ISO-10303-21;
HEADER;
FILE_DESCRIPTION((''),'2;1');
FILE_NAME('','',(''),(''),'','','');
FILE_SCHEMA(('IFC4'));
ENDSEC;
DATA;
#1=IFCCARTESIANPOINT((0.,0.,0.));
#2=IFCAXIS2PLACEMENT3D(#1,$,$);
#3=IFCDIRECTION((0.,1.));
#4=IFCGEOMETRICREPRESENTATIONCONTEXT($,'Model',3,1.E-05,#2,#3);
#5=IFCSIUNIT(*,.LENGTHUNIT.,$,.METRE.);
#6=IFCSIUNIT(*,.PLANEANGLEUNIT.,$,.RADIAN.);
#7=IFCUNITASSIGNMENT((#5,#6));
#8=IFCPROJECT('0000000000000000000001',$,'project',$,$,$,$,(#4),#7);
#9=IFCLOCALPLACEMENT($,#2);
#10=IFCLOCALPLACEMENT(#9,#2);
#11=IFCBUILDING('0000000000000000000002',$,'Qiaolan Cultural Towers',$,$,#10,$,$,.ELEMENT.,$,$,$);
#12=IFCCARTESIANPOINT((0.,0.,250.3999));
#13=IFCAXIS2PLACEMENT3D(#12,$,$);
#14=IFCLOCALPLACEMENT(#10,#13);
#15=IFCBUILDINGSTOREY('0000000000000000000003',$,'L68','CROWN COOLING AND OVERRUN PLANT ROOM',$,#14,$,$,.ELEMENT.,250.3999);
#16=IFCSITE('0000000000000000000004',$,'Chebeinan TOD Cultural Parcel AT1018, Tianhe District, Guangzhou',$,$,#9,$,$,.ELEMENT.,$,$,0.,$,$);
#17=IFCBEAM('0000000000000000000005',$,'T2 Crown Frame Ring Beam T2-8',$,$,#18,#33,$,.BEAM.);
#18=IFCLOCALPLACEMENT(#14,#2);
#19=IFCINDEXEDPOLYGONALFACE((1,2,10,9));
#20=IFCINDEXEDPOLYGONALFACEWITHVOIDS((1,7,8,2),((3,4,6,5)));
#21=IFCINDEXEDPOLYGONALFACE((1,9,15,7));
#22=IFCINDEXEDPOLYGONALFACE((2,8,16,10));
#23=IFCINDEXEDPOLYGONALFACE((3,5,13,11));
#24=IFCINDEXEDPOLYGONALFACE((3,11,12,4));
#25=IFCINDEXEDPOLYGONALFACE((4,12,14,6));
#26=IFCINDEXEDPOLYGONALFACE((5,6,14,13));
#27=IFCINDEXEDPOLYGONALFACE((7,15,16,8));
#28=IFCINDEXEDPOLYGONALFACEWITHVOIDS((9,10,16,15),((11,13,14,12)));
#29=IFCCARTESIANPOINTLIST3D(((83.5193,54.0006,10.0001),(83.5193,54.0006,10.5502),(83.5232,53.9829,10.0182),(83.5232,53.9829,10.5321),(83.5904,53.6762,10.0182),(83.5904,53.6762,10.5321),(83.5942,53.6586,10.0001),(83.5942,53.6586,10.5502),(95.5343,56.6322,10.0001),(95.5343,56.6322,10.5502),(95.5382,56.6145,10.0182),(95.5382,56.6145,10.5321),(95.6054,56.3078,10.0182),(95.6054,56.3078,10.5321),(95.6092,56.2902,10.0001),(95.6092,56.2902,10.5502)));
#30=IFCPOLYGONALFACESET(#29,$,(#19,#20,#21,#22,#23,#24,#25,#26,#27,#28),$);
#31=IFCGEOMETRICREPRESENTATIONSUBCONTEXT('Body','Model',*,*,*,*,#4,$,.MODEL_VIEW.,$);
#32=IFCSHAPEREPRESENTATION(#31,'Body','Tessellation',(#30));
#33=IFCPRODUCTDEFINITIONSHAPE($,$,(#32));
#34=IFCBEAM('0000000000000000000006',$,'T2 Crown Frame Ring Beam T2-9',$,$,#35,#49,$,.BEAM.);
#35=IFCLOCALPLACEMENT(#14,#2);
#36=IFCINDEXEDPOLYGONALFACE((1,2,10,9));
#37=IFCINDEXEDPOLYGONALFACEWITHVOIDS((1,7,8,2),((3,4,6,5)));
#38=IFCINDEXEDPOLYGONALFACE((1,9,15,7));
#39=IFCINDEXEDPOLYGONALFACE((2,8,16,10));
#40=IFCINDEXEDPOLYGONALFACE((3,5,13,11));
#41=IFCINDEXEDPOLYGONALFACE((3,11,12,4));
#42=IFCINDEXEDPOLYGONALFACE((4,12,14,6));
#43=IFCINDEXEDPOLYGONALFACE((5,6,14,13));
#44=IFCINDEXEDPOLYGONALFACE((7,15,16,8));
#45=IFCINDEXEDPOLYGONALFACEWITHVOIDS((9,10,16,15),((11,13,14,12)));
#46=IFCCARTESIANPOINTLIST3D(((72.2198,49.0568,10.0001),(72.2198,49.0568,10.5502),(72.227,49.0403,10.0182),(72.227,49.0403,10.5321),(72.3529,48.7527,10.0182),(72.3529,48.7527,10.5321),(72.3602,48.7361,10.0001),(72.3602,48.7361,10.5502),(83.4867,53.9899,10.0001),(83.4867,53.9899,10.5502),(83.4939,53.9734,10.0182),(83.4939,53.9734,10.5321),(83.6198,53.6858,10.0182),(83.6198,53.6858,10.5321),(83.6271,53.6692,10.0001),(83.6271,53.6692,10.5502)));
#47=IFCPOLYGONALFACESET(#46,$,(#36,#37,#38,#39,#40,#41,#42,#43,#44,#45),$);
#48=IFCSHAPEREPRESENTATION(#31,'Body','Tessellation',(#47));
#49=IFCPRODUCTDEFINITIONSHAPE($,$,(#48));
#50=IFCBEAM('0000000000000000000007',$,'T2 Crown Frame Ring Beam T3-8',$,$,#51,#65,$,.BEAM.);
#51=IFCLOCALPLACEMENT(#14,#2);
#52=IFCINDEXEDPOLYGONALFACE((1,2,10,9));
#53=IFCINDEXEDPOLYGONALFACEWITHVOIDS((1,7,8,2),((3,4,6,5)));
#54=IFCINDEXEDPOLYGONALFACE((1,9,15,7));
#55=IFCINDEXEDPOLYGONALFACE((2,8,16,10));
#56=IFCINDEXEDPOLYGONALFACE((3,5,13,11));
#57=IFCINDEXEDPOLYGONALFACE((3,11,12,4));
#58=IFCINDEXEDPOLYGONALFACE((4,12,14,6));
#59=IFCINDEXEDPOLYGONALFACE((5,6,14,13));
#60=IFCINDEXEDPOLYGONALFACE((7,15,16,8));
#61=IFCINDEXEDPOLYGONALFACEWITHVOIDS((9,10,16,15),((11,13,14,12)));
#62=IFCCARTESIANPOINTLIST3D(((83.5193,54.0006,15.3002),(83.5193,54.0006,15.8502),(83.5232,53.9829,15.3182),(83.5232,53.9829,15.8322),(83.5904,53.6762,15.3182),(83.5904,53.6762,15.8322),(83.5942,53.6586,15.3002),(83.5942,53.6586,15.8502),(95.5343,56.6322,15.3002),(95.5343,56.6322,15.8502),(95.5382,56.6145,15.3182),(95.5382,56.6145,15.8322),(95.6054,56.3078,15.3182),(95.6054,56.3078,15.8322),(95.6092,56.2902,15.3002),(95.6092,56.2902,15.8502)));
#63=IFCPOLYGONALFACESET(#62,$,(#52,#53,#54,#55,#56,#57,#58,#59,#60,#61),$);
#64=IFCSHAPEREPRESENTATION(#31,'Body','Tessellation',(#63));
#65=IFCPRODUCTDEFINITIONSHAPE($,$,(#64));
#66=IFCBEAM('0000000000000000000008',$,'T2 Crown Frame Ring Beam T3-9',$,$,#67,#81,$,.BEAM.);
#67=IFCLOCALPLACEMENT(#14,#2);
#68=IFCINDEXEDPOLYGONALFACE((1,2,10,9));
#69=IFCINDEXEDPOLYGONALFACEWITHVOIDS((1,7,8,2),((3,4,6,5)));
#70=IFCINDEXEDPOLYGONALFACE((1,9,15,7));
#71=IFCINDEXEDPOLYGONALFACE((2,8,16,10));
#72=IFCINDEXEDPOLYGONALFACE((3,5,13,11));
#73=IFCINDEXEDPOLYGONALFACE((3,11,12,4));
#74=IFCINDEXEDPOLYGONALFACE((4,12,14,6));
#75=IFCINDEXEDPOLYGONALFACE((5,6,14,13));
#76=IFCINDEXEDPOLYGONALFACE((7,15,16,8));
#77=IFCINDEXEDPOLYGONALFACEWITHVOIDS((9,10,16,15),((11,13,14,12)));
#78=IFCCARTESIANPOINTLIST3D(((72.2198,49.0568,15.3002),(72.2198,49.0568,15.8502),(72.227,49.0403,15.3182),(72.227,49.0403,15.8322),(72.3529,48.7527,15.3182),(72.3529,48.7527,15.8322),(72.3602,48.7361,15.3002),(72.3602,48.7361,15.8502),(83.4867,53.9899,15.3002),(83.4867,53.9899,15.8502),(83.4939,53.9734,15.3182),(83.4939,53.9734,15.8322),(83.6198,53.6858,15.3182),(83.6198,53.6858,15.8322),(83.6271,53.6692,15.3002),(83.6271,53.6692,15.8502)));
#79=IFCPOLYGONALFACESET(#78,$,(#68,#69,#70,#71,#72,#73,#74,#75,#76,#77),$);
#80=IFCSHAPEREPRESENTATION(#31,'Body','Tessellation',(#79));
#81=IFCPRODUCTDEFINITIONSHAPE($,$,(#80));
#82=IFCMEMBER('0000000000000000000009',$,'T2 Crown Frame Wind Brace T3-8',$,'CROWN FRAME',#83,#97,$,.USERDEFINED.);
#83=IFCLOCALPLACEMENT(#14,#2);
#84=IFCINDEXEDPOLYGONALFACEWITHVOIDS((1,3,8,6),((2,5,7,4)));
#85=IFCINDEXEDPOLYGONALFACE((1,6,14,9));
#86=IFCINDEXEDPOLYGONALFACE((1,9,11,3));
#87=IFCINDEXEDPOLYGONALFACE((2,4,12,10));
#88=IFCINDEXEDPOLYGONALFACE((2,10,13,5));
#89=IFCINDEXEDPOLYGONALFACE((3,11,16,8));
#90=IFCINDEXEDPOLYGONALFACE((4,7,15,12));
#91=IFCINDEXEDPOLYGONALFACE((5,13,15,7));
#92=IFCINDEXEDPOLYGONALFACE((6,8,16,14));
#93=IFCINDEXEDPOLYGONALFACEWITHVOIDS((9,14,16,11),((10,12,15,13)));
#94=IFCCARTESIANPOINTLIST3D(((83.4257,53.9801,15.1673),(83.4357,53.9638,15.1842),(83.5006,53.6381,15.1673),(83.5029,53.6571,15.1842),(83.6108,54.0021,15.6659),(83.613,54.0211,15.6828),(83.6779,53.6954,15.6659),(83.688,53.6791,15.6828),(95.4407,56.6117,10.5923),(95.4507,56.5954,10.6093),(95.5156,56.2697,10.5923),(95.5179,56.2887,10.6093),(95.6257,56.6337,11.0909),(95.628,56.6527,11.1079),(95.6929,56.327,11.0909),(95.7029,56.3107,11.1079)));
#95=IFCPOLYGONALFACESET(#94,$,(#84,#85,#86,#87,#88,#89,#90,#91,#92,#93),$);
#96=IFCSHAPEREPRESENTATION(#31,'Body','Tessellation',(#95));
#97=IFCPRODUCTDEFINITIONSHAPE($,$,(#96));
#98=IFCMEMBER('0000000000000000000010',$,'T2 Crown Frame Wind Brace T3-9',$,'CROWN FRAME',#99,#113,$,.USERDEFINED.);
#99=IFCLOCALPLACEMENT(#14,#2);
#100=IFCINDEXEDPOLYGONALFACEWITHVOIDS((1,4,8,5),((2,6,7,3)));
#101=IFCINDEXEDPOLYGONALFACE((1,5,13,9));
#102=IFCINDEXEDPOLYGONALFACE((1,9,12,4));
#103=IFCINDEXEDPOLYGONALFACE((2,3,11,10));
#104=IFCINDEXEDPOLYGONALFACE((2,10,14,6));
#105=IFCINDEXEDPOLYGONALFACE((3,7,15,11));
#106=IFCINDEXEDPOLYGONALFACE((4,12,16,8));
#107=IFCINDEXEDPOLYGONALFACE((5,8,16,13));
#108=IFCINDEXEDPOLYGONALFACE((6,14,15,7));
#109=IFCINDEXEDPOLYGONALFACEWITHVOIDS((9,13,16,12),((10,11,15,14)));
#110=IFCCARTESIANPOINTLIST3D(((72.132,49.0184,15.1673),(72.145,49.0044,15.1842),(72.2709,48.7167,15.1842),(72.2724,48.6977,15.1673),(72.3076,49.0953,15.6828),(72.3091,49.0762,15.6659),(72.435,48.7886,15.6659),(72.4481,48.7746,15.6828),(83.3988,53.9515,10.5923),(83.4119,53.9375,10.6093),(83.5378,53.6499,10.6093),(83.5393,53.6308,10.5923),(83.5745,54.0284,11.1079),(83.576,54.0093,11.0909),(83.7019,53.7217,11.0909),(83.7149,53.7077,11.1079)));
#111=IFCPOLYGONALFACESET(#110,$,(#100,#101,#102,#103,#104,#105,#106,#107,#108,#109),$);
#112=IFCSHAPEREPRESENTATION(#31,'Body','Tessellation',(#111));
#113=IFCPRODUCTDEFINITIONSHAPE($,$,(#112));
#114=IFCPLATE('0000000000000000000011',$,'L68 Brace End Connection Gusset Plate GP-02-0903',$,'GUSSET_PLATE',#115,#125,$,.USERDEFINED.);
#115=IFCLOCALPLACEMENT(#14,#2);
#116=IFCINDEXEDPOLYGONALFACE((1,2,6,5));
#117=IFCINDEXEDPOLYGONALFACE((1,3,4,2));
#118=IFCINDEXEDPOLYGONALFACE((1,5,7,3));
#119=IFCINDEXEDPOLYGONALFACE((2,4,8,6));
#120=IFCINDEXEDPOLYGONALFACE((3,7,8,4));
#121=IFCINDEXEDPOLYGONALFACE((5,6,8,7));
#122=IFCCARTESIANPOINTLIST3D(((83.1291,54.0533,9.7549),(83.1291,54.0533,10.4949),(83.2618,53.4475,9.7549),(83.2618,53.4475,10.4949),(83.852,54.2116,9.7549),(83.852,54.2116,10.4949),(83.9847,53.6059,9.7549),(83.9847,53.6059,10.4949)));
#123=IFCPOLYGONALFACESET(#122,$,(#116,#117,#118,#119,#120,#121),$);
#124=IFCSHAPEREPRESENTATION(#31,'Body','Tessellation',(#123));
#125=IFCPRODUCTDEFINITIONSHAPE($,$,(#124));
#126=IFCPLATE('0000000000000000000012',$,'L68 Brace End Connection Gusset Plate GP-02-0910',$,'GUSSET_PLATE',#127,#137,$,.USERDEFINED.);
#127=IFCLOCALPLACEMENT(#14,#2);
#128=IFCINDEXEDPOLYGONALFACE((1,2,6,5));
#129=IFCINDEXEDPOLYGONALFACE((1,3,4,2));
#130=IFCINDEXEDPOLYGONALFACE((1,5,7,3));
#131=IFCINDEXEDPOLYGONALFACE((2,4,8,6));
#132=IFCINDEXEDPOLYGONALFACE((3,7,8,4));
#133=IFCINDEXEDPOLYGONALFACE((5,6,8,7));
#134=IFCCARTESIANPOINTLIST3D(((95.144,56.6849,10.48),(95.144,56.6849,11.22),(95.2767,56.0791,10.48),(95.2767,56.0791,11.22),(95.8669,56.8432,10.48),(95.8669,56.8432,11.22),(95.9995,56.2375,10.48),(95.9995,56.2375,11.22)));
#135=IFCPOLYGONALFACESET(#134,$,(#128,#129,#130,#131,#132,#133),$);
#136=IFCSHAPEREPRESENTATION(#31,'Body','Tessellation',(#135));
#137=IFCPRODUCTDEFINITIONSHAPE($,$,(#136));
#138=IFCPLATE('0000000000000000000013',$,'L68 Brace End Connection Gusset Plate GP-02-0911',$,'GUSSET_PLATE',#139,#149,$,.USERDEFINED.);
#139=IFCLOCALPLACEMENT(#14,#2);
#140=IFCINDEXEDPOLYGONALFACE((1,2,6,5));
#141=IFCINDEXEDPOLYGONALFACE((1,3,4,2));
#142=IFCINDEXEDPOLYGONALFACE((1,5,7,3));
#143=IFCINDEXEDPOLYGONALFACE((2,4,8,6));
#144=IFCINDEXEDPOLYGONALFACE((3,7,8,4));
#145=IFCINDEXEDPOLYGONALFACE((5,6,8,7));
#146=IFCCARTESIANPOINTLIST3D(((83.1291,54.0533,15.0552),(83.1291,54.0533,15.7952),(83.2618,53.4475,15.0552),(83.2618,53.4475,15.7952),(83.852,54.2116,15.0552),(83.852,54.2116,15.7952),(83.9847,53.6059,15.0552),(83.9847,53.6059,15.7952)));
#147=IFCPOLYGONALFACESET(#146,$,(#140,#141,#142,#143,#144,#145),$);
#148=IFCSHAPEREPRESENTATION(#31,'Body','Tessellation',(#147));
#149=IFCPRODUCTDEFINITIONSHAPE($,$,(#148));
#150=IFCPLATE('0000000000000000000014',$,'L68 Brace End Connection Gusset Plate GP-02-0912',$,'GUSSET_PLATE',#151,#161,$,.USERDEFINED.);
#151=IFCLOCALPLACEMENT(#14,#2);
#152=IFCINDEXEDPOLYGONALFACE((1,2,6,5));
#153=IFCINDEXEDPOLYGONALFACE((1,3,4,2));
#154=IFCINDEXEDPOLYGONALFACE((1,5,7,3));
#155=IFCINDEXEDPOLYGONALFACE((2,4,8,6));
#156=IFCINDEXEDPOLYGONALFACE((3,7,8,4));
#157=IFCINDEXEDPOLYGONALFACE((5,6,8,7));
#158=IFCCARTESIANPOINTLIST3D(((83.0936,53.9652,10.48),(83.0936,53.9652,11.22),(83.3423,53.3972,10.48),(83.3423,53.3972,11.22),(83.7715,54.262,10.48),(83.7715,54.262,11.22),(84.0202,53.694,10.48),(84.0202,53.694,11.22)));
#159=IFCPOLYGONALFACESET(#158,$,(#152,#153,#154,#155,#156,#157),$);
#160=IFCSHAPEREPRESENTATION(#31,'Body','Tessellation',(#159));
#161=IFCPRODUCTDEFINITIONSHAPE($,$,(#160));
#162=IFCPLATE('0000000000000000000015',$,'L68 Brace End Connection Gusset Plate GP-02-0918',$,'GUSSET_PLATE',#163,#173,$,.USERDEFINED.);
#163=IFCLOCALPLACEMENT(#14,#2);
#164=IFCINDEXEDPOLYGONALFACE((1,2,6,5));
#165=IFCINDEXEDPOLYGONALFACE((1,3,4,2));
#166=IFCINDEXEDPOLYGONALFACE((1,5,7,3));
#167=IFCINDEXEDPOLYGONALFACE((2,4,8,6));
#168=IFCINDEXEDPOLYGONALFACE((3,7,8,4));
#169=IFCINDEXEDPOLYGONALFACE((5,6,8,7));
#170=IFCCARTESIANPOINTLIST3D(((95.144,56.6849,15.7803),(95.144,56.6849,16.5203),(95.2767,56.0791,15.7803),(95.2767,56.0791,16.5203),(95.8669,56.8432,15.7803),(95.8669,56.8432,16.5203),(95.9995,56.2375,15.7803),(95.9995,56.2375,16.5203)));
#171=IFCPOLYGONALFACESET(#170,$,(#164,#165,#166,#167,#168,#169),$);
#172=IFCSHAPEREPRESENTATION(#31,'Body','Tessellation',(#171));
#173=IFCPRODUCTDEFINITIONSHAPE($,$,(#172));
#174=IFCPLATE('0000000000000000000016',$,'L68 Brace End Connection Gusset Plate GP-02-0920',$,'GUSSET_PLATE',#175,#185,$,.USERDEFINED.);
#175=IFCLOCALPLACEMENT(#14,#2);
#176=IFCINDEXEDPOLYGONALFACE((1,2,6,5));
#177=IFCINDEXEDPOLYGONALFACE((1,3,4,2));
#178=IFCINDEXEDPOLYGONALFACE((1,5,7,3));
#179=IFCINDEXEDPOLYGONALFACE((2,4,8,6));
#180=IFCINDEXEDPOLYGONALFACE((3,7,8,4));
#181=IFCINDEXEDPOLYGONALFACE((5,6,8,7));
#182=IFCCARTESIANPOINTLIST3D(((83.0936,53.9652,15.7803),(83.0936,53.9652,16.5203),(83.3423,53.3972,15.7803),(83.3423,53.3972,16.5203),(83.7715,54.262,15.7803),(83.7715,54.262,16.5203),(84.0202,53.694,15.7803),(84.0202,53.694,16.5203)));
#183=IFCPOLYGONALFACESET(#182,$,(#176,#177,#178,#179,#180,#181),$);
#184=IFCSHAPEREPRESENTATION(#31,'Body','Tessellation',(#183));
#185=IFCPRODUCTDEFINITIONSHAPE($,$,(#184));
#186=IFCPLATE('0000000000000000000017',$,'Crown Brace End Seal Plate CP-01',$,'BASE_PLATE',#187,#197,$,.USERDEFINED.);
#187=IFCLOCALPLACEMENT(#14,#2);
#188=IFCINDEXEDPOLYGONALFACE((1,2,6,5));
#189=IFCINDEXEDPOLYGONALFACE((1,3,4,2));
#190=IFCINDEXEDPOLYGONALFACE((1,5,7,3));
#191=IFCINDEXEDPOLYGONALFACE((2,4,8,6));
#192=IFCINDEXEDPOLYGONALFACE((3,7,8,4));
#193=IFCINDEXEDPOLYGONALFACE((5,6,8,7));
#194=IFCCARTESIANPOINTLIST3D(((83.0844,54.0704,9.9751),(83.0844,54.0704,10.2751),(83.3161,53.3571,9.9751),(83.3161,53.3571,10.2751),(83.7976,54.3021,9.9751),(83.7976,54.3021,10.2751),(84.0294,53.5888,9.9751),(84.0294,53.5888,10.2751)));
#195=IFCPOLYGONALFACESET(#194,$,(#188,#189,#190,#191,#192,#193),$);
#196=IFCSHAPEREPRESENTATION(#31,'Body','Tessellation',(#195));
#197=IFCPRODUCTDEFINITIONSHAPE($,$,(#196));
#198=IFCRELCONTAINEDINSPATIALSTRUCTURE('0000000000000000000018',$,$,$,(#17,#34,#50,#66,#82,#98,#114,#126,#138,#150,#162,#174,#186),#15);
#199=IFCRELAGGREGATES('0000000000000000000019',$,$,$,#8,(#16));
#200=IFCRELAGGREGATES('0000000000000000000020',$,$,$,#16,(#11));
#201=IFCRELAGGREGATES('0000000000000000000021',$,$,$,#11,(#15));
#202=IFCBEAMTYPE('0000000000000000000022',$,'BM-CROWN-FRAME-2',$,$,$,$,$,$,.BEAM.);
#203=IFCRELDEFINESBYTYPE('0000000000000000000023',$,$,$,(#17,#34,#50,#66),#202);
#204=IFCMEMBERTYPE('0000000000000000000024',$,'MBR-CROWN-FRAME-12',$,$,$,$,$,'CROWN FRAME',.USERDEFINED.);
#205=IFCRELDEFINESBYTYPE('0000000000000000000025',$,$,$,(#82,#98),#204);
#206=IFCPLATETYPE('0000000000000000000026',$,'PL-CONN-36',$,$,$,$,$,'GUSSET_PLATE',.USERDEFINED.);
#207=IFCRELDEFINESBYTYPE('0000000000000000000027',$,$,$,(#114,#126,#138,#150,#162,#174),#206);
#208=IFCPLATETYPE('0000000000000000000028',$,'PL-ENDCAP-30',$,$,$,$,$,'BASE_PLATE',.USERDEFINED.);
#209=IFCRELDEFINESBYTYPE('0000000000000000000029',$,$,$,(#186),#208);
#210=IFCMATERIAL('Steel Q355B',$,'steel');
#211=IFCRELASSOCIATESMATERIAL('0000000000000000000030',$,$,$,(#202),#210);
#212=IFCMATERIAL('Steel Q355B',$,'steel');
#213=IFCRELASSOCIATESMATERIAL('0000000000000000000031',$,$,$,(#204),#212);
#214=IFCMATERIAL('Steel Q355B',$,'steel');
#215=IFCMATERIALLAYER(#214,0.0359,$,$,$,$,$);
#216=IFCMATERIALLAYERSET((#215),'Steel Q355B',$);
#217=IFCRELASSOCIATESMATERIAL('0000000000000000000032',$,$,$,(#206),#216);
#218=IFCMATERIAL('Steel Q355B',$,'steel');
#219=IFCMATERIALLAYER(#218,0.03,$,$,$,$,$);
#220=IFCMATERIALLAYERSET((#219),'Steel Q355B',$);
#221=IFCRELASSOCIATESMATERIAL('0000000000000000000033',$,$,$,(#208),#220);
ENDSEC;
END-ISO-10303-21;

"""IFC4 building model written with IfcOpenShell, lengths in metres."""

from ifc_helpers import new_model, si_unit, direction, frame, origin, origin_2d, place, context, subcontext, project, spatial, rectangle, hollow_rectangle, extrude, material, layer, layer_set, material_profile, profile_set, type_object, element, save


model = new_model("IFC4")

# Units and contexts
model_context = context("Model", 3, precision=1e-05, world=origin(), true_north=direction((0.0, 1.0)))
body_context = subcontext(model_context, "Body", "Model", "MODEL_VIEW")
ifc_project = project(units=[si_unit("LENGTHUNIT", "METRE"), si_unit("PLANEANGLEUNIT", "RADIAN")], contexts=[model_context])

# Site, building, storey
site_placement = place(None, origin())
site = spatial("IfcSite", under=ifc_project, at=site_placement, Name="Chebeinan TOD Cultural Parcel AT1018, Tianhe District, Guangzhou", CompositionType="ELEMENT", RefElevation=0.0)
building_placement = place(site_placement, origin())
building = spatial("IfcBuilding", under=site, at=building_placement, Name="Qiaolan Cultural Towers", CompositionType="ELEMENT")
storey_placement = place(building_placement, frame((0.0, 0.0, 250.3999)))
storey = spatial("IfcBuildingStorey", under=building, at=storey_placement, Name="L68", Description="CROWN COOLING AND OVERRUN PLANT ROOM", CompositionType="ELEMENT", Elevation=250.3999)

# Beams
ifc_material_1 = material(Name="Steel Q355B", Category="steel")
ifc_material_profile_1 = material_profile(ifc_material_1, hollow_rectangle(XDim=0.3501, YDim=0.55, WallThickness=0.0181, at=origin_2d()), Name="BOX550x350x18")
ifc_profile_set_1 = profile_set([ifc_material_profile_1], Name="Steel Q355B")
beam_type = type_object("IfcBeamType", Name="BM-CROWN-FRAME-2", PredefinedType="BEAM", material=ifc_profile_set_1)
beam_1_placement = place(storey_placement, frame((95.5718, 56.4612, 10.2751), z_axis=(-0.976843, -0.213956, 0.0), x_axis=(0.213956, -0.976843, 0.0)))
element("IfcBeam", 1, at=beam_1_placement, inside=storey, type_object=beam_type, Name="T2 Crown Frame Ring Beam T2-8", PredefinedType="BEAM", context=body_context, shape_type="SweptSolid", body=[
    extrude(hollow_rectangle(XDim=0.3501, YDim=0.55, WallThickness=0.0181, at=origin_2d()), origin(), (0.0, 0.0, 1.0), 12.2998),
])
beam_2_placement = place(storey_placement, frame((83.5569, 53.8296, 10.2751), z_axis=(-0.916042, -0.401082, 0.0), x_axis=(0.401082, -0.916042, 0.0)))
element("IfcBeam", 2, at=beam_2_placement, inside=storey, type_object=beam_type, Name="T2 Crown Frame Ring Beam T2-9", PredefinedType="BEAM", context=body_context, shape_type="SweptSolid", body=[
    extrude(hollow_rectangle(XDim=0.3501, YDim=0.55, WallThickness=0.0181, at=origin_2d()), origin(), (0.0, 0.0, 1.0), 12.2996),
])
beam_3_placement = place(storey_placement, frame((95.5718, 56.4612, 15.5752), z_axis=(-0.976843, -0.213956, 0.0), x_axis=(0.213956, -0.976843, 0.0)))
element("IfcBeam", 3, at=beam_3_placement, inside=storey, type_object=beam_type, Name="T2 Crown Frame Ring Beam T3-8", PredefinedType="BEAM", context=body_context, shape_type="SweptSolid", body=[
    extrude(hollow_rectangle(XDim=0.3501, YDim=0.55, WallThickness=0.0181, at=origin_2d()), origin(), (0.0, 0.0, 1.0), 12.2998),
])
beam_4_placement = place(storey_placement, frame((83.5569, 53.8296, 15.5752), z_axis=(-0.916042, -0.401082, 0.0), x_axis=(0.401082, -0.916042, 0.0)))
element("IfcBeam", 4, at=beam_4_placement, inside=storey, type_object=beam_type, Name="T2 Crown Frame Ring Beam T3-9", PredefinedType="BEAM", context=body_context, shape_type="SweptSolid", body=[
    extrude(hollow_rectangle(XDim=0.3501, YDim=0.55, WallThickness=0.0181, at=origin_2d()), origin(), (0.0, 0.0, 1.0), 12.2996),
])

# Members
ifc_material_2 = material(Name="Steel Q355B", Category="steel")
ifc_material_profile_2 = material_profile(ifc_material_2, hollow_rectangle(XDim=0.3501, YDim=0.55, WallThickness=0.0181, at=origin_2d()), Name="BOX550x350x18")
ifc_profile_set_2 = profile_set([ifc_material_profile_2], Name="Steel Q355B")
member_type = type_object("IfcMemberType", Name="MBR-CROWN-FRAME-12", ElementType="CROWN FRAME", PredefinedType="USERDEFINED", material=ifc_profile_set_2)
member_1_placement = place(storey_placement, frame((95.5718, 56.4612, 10.8501), z_axis=(-0.91556, -0.200533, 0.348621), x_axis=(0.213956, -0.976843, 0.0)))
element("IfcMember", 5, at=member_1_placement, inside=storey, type_object=member_type, Name="T2 Crown Frame Wind Brace T3-8", ObjectType="CROWN FRAME", PredefinedType="USERDEFINED", context=body_context, shape_type="SweptSolid", body=[
    extrude(hollow_rectangle(XDim=0.3501, YDim=0.55, WallThickness=0.0181, at=origin_2d()), origin(), (0.0, 0.0, 1.0), 13.123),
])
member_2_placement = place(storey_placement, frame((83.5569, 53.8296, 10.8501), z_axis=(-0.858571, -0.375919, 0.348627), x_axis=(0.401082, -0.916042, 0.0)))
element("IfcMember", 6, at=member_2_placement, inside=storey, type_object=member_type, Name="T2 Crown Frame Wind Brace T3-9", ObjectType="CROWN FRAME", PredefinedType="USERDEFINED", context=body_context, shape_type="SweptSolid", body=[
    extrude(hollow_rectangle(XDim=0.3501, YDim=0.55, WallThickness=0.0181, at=origin_2d()), origin(), (0.0, 0.0, 1.0), 13.1228),
])

# Plates
ifc_material_3 = material(Name="Steel Q355B", Category="steel")
ifc_layer_1 = layer(ifc_material_3, 0.0359)
ifc_layer_set_1 = layer_set([ifc_layer_1], Name="Steel Q355B")
plate_type_1 = type_object("IfcPlateType", Name="PL-CONN-36", ElementType="GUSSET_PLATE", PredefinedType="USERDEFINED", material=ifc_layer_set_1)
for number, where, z_axis, x_axis, name in (
    (7, (83.5569, 53.8296, 9.7549), (0.0, 0.0, 1.0), (0.976843, 0.213956, 0.0), "L68 Brace End Connection Gusset Plate GP-02-0903"),
    (8, (95.5718, 56.4612, 10.48), (0.0, 0.0, 1.0), (0.976843, 0.213956, 0.0), "L68 Brace End Connection Gusset Plate GP-02-0910"),
    (9, (83.5569, 53.8296, 15.0552), (0.0, 0.0, 1.0), (0.976843, 0.213956, 0.0), "L68 Brace End Connection Gusset Plate GP-02-0911"),
    (10, (83.5569, 53.8296, 10.48), (0.0, 0.0, 1.0), (0.916043, 0.40108, 0.0), "L68 Brace End Connection Gusset Plate GP-02-0912"),
    (11, (95.5718, 56.4612, 15.7803), (0.0, 0.0, 1.0), (0.976843, 0.213956, 0.0), "L68 Brace End Connection Gusset Plate GP-02-0918"),
    (12, (83.5569, 53.8296, 15.7803), (0.0, 0.0, 1.0), (0.916043, 0.40108, 0.0), "L68 Brace End Connection Gusset Plate GP-02-0920"),
):
    element("IfcPlate", number, at=place(storey_placement, frame(where, z_axis=z_axis, x_axis=x_axis)), inside=storey, type_object=plate_type_1, Name=name, ObjectType="GUSSET_PLATE", PredefinedType="USERDEFINED", context=body_context, shape_type="SweptSolid", body=[
        extrude(rectangle(XDim=0.74, YDim=0.6201, at=origin_2d()), origin(), (0.0, 0.0, 1.0), 0.74),
    ])
ifc_material_4 = material(Name="Steel Q355B", Category="steel")
ifc_layer_2 = layer(ifc_material_4, 0.03)
ifc_layer_set_2 = layer_set([ifc_layer_2], Name="Steel Q355B")
plate_type_2 = type_object("IfcPlateType", Name="PL-ENDCAP-30", ElementType="BASE_PLATE", PredefinedType="USERDEFINED", material=ifc_layer_set_2)
for number, where, z_axis, x_axis, name in (
    (13, (83.5569, 53.8296, 9.9751), (0.0, 0.0, 1.0), (0.951057, 0.309017, 0.0), "Crown Brace End Seal Plate CP-01"),
):
    element("IfcPlate", number, at=place(storey_placement, frame(where, z_axis=z_axis, x_axis=x_axis)), inside=storey, type_object=plate_type_2, Name=name, ObjectType="BASE_PLATE", PredefinedType="USERDEFINED", context=body_context, shape_type="SweptSolid", body=[
        extrude(rectangle(XDim=0.75, YDim=0.75, at=origin_2d()), origin(), (0.0, 0.0, 1.0), 0.3),
    ])

save(model, "model.ifc")
